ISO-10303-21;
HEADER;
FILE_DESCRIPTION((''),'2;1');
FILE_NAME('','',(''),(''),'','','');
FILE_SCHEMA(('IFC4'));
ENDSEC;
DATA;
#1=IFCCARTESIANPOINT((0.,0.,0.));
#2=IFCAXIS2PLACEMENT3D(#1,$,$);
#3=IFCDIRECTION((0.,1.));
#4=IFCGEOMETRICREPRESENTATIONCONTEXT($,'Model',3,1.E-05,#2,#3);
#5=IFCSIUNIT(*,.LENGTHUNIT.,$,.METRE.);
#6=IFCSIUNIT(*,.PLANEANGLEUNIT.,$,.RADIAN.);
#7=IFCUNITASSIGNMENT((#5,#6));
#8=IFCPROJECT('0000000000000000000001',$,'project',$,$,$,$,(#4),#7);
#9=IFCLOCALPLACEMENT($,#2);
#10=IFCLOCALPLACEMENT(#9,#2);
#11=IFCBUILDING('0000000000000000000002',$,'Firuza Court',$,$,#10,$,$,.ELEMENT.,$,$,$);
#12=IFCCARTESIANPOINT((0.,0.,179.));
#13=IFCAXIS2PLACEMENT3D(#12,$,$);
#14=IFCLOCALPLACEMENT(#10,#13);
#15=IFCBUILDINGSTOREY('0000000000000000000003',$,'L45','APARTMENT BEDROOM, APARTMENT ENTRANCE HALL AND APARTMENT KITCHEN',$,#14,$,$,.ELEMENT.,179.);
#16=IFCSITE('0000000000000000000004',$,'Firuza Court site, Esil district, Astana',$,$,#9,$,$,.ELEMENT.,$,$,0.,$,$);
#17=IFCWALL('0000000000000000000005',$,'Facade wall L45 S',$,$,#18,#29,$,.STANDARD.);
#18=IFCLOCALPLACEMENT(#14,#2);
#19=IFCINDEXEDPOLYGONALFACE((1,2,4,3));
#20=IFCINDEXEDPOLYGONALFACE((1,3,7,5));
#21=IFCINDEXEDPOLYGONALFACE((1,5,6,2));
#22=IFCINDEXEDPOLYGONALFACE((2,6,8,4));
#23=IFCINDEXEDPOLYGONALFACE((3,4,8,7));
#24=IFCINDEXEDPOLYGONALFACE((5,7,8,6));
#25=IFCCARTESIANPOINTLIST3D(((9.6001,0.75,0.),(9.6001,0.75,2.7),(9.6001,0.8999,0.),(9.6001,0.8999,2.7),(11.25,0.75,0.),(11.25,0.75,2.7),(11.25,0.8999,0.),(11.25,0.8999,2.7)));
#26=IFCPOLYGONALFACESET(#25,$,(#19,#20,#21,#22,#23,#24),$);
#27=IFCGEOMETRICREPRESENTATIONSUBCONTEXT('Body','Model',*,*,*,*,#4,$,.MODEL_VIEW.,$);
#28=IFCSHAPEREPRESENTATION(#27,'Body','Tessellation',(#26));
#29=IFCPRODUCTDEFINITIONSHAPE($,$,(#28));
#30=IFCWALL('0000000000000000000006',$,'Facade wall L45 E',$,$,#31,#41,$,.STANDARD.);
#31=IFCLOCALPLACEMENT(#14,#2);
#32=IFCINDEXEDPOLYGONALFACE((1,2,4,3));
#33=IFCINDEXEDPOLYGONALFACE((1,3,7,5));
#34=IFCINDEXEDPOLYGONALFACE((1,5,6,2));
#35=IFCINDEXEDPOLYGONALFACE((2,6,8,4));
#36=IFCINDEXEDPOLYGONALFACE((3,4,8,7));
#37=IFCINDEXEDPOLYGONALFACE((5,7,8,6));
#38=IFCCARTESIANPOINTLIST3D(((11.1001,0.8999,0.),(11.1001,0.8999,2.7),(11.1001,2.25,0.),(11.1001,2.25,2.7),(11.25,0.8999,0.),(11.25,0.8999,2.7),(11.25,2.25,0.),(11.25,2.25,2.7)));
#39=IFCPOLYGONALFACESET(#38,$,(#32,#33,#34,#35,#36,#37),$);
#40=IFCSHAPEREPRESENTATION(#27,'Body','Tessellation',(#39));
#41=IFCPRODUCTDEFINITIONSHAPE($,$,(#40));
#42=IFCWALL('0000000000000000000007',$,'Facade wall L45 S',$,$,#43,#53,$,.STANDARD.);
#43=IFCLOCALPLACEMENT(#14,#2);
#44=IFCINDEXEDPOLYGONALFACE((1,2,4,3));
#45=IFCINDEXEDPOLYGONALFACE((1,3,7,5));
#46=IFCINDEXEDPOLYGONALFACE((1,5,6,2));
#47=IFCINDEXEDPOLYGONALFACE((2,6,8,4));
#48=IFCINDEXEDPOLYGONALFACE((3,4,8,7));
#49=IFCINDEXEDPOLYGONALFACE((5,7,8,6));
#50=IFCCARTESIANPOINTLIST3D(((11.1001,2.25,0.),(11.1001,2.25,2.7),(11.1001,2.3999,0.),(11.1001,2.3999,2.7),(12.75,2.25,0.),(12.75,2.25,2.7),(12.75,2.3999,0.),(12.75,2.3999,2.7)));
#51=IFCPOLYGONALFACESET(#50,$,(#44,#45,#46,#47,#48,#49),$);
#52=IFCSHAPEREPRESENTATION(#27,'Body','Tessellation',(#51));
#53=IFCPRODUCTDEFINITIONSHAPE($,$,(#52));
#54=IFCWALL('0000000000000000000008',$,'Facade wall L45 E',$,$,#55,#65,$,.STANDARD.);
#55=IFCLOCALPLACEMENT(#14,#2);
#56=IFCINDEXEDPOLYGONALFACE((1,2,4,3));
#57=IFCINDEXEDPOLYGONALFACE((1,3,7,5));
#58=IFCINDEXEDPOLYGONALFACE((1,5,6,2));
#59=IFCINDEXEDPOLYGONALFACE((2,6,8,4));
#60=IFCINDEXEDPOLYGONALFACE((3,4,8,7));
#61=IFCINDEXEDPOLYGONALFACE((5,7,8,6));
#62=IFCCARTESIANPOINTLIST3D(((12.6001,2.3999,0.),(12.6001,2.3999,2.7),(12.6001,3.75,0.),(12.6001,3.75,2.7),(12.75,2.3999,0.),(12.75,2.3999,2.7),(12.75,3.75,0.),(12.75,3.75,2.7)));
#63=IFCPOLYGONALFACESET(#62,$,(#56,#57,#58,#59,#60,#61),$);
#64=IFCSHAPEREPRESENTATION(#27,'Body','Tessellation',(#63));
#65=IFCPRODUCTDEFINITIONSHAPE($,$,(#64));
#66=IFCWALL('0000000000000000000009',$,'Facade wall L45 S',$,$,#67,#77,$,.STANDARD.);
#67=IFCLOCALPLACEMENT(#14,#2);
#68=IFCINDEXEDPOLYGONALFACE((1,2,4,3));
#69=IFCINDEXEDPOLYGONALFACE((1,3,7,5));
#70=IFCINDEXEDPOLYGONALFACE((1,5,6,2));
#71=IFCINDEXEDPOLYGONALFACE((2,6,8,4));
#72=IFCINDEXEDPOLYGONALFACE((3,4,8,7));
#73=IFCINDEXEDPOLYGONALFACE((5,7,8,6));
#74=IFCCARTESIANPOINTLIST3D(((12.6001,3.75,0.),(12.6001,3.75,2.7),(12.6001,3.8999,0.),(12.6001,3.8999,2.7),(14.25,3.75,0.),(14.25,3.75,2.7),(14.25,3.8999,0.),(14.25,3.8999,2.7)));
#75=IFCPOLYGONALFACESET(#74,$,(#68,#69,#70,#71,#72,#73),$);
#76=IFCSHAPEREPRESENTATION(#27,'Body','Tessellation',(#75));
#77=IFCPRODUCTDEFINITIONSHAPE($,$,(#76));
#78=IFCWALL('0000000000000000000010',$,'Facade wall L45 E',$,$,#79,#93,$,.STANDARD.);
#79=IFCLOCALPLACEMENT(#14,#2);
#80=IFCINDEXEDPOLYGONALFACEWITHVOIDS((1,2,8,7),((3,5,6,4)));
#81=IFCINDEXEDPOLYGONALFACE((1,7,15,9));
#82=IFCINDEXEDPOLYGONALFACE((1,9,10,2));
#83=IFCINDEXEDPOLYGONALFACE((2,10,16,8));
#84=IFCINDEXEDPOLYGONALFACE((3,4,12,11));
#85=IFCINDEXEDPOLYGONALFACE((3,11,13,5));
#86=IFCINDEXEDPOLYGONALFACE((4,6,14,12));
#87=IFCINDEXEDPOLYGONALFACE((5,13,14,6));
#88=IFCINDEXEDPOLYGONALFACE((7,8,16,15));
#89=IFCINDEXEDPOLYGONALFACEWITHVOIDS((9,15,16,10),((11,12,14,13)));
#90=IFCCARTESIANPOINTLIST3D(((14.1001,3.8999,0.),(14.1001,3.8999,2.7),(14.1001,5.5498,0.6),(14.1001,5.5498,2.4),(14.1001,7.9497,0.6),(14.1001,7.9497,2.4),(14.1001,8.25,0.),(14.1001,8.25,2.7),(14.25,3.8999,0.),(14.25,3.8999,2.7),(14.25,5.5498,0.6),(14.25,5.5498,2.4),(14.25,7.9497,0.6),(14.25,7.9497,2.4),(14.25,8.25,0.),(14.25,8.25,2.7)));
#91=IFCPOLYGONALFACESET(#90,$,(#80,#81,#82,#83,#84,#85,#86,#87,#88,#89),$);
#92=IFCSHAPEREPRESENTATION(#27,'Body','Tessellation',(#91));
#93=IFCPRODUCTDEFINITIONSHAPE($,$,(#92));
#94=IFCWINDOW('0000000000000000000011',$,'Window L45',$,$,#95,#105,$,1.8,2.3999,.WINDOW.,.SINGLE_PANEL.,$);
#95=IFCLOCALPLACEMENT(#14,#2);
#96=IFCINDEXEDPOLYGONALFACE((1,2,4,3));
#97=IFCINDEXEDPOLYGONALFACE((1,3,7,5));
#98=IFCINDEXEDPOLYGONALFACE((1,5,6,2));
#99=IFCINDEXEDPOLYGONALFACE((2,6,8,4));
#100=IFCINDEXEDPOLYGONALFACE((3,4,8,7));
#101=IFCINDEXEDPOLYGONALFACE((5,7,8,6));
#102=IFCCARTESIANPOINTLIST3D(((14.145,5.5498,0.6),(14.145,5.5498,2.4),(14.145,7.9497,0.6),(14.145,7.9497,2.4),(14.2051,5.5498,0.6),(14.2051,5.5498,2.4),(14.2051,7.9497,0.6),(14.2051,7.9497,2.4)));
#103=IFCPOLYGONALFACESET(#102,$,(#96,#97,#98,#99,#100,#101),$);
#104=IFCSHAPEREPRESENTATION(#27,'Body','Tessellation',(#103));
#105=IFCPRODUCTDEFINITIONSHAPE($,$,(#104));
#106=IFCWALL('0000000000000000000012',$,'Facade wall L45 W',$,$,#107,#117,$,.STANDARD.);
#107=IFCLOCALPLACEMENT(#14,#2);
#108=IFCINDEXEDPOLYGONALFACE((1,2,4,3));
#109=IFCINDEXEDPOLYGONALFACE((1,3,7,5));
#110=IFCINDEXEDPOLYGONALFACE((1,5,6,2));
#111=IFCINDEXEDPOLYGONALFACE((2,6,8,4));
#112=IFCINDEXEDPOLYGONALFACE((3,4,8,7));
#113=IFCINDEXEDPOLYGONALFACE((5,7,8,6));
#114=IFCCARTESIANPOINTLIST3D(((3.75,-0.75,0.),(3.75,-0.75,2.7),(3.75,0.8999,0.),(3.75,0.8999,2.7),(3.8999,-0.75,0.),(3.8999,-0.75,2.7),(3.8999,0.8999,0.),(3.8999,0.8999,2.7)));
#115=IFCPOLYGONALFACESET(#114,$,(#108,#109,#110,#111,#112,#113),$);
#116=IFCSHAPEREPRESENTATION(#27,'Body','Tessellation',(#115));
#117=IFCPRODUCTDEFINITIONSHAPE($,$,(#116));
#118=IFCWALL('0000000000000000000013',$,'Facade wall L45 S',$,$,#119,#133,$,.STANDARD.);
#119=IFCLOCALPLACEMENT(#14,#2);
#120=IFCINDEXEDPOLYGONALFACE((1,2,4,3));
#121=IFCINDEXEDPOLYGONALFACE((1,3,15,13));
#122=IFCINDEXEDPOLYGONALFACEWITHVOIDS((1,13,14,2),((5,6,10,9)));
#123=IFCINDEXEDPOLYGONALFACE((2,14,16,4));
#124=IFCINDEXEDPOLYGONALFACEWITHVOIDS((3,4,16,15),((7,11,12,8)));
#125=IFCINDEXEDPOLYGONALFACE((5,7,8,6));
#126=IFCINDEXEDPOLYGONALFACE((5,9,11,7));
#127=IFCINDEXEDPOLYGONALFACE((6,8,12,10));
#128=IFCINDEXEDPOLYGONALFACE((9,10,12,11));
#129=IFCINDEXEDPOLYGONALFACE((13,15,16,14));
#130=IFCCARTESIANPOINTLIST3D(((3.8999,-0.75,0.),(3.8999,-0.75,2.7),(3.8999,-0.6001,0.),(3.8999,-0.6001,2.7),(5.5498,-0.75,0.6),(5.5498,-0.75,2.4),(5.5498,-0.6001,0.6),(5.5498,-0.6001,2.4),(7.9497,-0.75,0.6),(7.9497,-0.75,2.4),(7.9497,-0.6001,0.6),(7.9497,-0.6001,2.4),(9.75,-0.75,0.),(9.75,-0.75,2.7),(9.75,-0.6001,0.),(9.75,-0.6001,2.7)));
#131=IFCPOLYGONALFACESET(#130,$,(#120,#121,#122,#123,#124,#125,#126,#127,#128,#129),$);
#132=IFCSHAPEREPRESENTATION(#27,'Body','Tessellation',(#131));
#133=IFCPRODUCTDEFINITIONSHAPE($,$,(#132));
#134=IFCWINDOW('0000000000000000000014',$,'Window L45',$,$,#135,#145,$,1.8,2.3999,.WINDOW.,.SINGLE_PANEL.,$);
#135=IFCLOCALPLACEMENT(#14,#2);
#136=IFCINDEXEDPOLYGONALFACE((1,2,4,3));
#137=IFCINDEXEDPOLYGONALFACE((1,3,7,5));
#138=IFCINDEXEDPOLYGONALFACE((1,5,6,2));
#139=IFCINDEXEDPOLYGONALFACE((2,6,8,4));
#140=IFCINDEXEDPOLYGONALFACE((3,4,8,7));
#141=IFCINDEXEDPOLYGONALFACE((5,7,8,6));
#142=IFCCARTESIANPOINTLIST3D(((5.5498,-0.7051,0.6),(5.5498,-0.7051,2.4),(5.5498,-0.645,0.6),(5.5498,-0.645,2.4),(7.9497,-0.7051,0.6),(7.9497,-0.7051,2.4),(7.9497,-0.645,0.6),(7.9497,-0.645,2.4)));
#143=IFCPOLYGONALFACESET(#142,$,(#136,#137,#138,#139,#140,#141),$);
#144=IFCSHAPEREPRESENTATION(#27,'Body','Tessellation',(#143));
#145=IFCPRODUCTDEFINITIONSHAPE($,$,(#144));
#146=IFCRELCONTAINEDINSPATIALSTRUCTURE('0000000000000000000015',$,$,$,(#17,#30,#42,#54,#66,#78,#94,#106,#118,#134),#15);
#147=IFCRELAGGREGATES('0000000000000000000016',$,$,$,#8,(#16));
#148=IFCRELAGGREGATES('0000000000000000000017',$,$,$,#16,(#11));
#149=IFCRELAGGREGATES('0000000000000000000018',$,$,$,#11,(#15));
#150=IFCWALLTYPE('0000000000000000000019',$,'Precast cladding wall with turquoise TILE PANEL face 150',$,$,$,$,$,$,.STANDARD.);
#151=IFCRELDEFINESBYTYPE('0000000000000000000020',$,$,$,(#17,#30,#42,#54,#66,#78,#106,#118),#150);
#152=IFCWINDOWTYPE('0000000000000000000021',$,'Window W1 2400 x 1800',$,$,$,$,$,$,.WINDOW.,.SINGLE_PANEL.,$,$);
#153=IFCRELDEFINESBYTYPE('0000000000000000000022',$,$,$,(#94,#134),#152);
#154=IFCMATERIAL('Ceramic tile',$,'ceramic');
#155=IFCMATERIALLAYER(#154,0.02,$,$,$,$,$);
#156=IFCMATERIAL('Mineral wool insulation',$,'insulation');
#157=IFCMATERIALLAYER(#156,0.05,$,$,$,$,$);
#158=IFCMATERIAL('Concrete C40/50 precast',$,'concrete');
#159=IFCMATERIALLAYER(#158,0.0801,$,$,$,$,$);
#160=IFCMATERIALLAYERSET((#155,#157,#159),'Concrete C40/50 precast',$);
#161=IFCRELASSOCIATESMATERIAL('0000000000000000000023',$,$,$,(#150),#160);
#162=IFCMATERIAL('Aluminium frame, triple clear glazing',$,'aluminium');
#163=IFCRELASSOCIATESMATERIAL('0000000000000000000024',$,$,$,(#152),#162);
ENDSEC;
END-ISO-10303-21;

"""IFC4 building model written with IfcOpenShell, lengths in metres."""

from ifc_helpers import new_model, si_unit, direction, frame, frame_2d, origin, place, context, subcontext, project, spatial, rectangle, extrude, material, layer, layer_set, type_object, element, fill, save


model = new_model("IFC4")

# Units and contexts
model_context = context("Model", 3, precision=1e-05, world=origin(), true_north=direction((0.0, 1.0)))
body_context = subcontext(model_context, "Body", "Model", "MODEL_VIEW")
ifc_project = project(units=[si_unit("LENGTHUNIT", "METRE"), si_unit("PLANEANGLEUNIT", "RADIAN")], contexts=[model_context])

# Site, building, storey
site_placement = place(None, origin())
site = spatial("IfcSite", under=ifc_project, at=site_placement, Name="Firuza Court site, Esil district, Astana", CompositionType="ELEMENT", RefElevation=0.0)
building_placement = place(site_placement, origin())
building = spatial("IfcBuilding", under=site, at=building_placement, Name="Firuza Court", CompositionType="ELEMENT")
storey_placement = place(building_placement, frame((0.0, 0.0, 179.0)))
storey = spatial("IfcBuildingStorey", under=building, at=storey_placement, Name="L45", Description="APARTMENT BEDROOM, APARTMENT ENTRANCE HALL AND APARTMENT KITCHEN", CompositionType="ELEMENT", Elevation=179.0)

# Walls
ifc_material_1 = material(Name="Ceramic tile", Category="ceramic")
ifc_layer_1 = layer(ifc_material_1, 0.02)
ifc_material_2 = material(Name="Mineral wool insulation", Category="insulation")
ifc_layer_2 = layer(ifc_material_2, 0.05)
ifc_material_3 = material(Name="Concrete C40/50 precast", Category="concrete")
ifc_layer_3 = layer(ifc_material_3, 0.0801)
ifc_layer_set_1 = layer_set([ifc_layer_1, ifc_layer_2, ifc_layer_3], Name="Concrete C40/50 precast")
wall_type_1 = type_object("IfcWallType", Name="Precast cladding wall with turquoise TILE PANEL face 150", PredefinedType="STANDARD", material=ifc_layer_set_1)
wall_1_placement = place(storey_placement, frame((9.6001, 0.825, 0.0), z_axis=(0.0, 0.0, 1.0), x_axis=(1.0, 0.0, 0.0)))
element("IfcWall", 1, at=wall_1_placement, inside=storey, type_object=wall_type_1, Name="Facade wall L45 S", PredefinedType="STANDARD", context=body_context, shape_type="SweptSolid", body=[
    extrude(rectangle(XDim=1.6499, YDim=0.1499, at=frame_2d((0.825, 0.0))), origin(), (0.0, 0.0, 1.0), 2.7),
])
wall_2_placement = place(storey_placement, frame((11.175, 0.8999, 0.0), z_axis=(0.0, 0.0, 1.0), x_axis=(0.0, 1.0, 0.0)))
element("IfcWall", 2, at=wall_2_placement, inside=storey, type_object=wall_type_1, Name="Facade wall L45 E", PredefinedType="STANDARD", context=body_context, shape_type="SweptSolid", body=[
    extrude(rectangle(XDim=1.3501, YDim=0.1499, at=frame_2d((0.675, 0.0))), origin(), (0.0, 0.0, 1.0), 2.7),
])
wall_3_placement = place(storey_placement, frame((11.1001, 2.325, 0.0), z_axis=(0.0, 0.0, 1.0), x_axis=(1.0, 0.0, 0.0)))
element("IfcWall", 3, at=wall_3_placement, inside=storey, type_object=wall_type_1, Name="Facade wall L45 S", PredefinedType="STANDARD", context=body_context, shape_type="SweptSolid", body=[
    extrude(rectangle(XDim=1.6499, YDim=0.1499, at=frame_2d((0.825, 0.0))), origin(), (0.0, 0.0, 1.0), 2.7),
])
wall_4_placement = place(storey_placement, frame((12.675, 2.3999, 0.0), z_axis=(0.0, 0.0, 1.0), x_axis=(0.0, 1.0, 0.0)))
element("IfcWall", 4, at=wall_4_placement, inside=storey, type_object=wall_type_1, Name="Facade wall L45 E", PredefinedType="STANDARD", context=body_context, shape_type="SweptSolid", body=[
    extrude(rectangle(XDim=1.3501, YDim=0.1499, at=frame_2d((0.675, 0.0))), origin(), (0.0, 0.0, 1.0), 2.7),
])
wall_5_placement = place(storey_placement, frame((12.6001, 3.825, 0.0), z_axis=(0.0, 0.0, 1.0), x_axis=(1.0, 0.0, 0.0)))
element("IfcWall", 5, at=wall_5_placement, inside=storey, type_object=wall_type_1, Name="Facade wall L45 S", PredefinedType="STANDARD", context=body_context, shape_type="SweptSolid", body=[
    extrude(rectangle(XDim=1.6499, YDim=0.1499, at=frame_2d((0.825, 0.0))), origin(), (0.0, 0.0, 1.0), 2.7),
])

# Wall, opening, window
wall_6_placement = place(storey_placement, frame((14.175, 3.8999, 0.0), z_axis=(0.0, 0.0, 1.0), x_axis=(0.0, 1.0, 0.0)))
wall_6 = element("IfcWall", 6, at=wall_6_placement, inside=storey, type_object=wall_type_1, Name="Facade wall L45 E", PredefinedType="STANDARD", context=body_context, shape_type="SweptSolid", body=[
    extrude(rectangle(XDim=4.3501, YDim=0.1499, at=frame_2d((2.175, 0.0))), origin(), (0.0, 0.0, 1.0), 2.7),
])
opening_1_placement = place(wall_6_placement, frame((1.6499, 0.0, 0.6001)))
opening_1 = element("IfcOpeningElement", 7, at=opening_1_placement, cuts=wall_6, PredefinedType="OPENING", context=body_context, shape_type="SweptSolid", body=[
    extrude(rectangle(XDim=2.3999, YDim=1.8, at=frame_2d((1.2, 0.8999))), frame((0.0, 0.0869, 0.0), z_axis=(0.0, -1.0, 0.0), x_axis=(1.0, 0.0, 0.0)), (0.0, 0.0, 1.0), 0.1738),
])
ifc_material_4 = material(Name="Aluminium frame, triple clear glazing", Category="aluminium")
window_type = type_object("IfcWindowType", Name="Window W1 2400 x 1800", PartitioningType="SINGLE_PANEL", PredefinedType="WINDOW", material=ifc_material_4)
window_1_placement = place(opening_1_placement, origin())
window_1 = element("IfcWindow", 8, at=window_1_placement, inside=storey, type_object=window_type, Name="Window L45", OverallHeight=1.8, OverallWidth=2.3999, PartitioningType="SINGLE_PANEL", PredefinedType="WINDOW", context=body_context, shape_type="SweptSolid", body=[
    extrude(rectangle(XDim=2.3999, YDim=1.8, at=frame_2d((1.2, 0.8999))), frame((0.0, 0.03, 0.0), z_axis=(0.0, -1.0, 0.0), x_axis=(1.0, 0.0, 0.0)), (0.0, 0.0, 1.0), 0.0601),
])
fill(opening_1, window_1)

# Wall
wall_7_placement = place(storey_placement, frame((3.825, 0.8999, 0.0), z_axis=(0.0, 0.0, 1.0), x_axis=(0.0, -1.0, 0.0)))
element("IfcWall", 9, at=wall_7_placement, inside=storey, type_object=wall_type_1, Name="Facade wall L45 W", PredefinedType="STANDARD", context=body_context, shape_type="SweptSolid", body=[
    extrude(rectangle(XDim=1.6499, YDim=0.1499, at=frame_2d((0.825, 0.0))), origin(), (0.0, 0.0, 1.0), 2.7),
])

# Wall, opening, window
wall_8_placement = place(storey_placement, frame((3.8999, -0.675, 0.0), z_axis=(0.0, 0.0, 1.0), x_axis=(1.0, 0.0, 0.0)))
wall_8 = element("IfcWall", 10, at=wall_8_placement, inside=storey, type_object=wall_type_1, Name="Facade wall L45 S", PredefinedType="STANDARD", context=body_context, shape_type="SweptSolid", body=[
    extrude(rectangle(XDim=5.8501, YDim=0.1499, at=frame_2d((2.925, 0.0))), origin(), (0.0, 0.0, 1.0), 2.7),
])
opening_2_placement = place(wall_8_placement, frame((1.6499, 0.0, 0.6001)))
opening_2 = element("IfcOpeningElement", 11, at=opening_2_placement, cuts=wall_8, PredefinedType="OPENING", context=body_context, shape_type="SweptSolid", body=[
    extrude(rectangle(XDim=2.3999, YDim=1.8, at=frame_2d((1.2, 0.8999))), frame((0.0, 0.0869, 0.0), z_axis=(0.0, -1.0, 0.0), x_axis=(1.0, 0.0, 0.0)), (0.0, 0.0, 1.0), 0.1738),
])
window_2_placement = place(opening_2_placement, origin())
window_2 = element("IfcWindow", 12, at=window_2_placement, inside=storey, type_object=window_type, Name="Window L45", OverallHeight=1.8, OverallWidth=2.3999, PartitioningType="SINGLE_PANEL", PredefinedType="WINDOW", context=body_context, shape_type="SweptSolid", body=[
    extrude(rectangle(XDim=2.3999, YDim=1.8, at=frame_2d((1.2, 0.8999))), frame((0.0, 0.03, 0.0), z_axis=(0.0, -1.0, 0.0), x_axis=(1.0, 0.0, 0.0)), (0.0, 0.0, 1.0), 0.0601),
])
fill(opening_2, window_2)

save(model, "model.ifc")
